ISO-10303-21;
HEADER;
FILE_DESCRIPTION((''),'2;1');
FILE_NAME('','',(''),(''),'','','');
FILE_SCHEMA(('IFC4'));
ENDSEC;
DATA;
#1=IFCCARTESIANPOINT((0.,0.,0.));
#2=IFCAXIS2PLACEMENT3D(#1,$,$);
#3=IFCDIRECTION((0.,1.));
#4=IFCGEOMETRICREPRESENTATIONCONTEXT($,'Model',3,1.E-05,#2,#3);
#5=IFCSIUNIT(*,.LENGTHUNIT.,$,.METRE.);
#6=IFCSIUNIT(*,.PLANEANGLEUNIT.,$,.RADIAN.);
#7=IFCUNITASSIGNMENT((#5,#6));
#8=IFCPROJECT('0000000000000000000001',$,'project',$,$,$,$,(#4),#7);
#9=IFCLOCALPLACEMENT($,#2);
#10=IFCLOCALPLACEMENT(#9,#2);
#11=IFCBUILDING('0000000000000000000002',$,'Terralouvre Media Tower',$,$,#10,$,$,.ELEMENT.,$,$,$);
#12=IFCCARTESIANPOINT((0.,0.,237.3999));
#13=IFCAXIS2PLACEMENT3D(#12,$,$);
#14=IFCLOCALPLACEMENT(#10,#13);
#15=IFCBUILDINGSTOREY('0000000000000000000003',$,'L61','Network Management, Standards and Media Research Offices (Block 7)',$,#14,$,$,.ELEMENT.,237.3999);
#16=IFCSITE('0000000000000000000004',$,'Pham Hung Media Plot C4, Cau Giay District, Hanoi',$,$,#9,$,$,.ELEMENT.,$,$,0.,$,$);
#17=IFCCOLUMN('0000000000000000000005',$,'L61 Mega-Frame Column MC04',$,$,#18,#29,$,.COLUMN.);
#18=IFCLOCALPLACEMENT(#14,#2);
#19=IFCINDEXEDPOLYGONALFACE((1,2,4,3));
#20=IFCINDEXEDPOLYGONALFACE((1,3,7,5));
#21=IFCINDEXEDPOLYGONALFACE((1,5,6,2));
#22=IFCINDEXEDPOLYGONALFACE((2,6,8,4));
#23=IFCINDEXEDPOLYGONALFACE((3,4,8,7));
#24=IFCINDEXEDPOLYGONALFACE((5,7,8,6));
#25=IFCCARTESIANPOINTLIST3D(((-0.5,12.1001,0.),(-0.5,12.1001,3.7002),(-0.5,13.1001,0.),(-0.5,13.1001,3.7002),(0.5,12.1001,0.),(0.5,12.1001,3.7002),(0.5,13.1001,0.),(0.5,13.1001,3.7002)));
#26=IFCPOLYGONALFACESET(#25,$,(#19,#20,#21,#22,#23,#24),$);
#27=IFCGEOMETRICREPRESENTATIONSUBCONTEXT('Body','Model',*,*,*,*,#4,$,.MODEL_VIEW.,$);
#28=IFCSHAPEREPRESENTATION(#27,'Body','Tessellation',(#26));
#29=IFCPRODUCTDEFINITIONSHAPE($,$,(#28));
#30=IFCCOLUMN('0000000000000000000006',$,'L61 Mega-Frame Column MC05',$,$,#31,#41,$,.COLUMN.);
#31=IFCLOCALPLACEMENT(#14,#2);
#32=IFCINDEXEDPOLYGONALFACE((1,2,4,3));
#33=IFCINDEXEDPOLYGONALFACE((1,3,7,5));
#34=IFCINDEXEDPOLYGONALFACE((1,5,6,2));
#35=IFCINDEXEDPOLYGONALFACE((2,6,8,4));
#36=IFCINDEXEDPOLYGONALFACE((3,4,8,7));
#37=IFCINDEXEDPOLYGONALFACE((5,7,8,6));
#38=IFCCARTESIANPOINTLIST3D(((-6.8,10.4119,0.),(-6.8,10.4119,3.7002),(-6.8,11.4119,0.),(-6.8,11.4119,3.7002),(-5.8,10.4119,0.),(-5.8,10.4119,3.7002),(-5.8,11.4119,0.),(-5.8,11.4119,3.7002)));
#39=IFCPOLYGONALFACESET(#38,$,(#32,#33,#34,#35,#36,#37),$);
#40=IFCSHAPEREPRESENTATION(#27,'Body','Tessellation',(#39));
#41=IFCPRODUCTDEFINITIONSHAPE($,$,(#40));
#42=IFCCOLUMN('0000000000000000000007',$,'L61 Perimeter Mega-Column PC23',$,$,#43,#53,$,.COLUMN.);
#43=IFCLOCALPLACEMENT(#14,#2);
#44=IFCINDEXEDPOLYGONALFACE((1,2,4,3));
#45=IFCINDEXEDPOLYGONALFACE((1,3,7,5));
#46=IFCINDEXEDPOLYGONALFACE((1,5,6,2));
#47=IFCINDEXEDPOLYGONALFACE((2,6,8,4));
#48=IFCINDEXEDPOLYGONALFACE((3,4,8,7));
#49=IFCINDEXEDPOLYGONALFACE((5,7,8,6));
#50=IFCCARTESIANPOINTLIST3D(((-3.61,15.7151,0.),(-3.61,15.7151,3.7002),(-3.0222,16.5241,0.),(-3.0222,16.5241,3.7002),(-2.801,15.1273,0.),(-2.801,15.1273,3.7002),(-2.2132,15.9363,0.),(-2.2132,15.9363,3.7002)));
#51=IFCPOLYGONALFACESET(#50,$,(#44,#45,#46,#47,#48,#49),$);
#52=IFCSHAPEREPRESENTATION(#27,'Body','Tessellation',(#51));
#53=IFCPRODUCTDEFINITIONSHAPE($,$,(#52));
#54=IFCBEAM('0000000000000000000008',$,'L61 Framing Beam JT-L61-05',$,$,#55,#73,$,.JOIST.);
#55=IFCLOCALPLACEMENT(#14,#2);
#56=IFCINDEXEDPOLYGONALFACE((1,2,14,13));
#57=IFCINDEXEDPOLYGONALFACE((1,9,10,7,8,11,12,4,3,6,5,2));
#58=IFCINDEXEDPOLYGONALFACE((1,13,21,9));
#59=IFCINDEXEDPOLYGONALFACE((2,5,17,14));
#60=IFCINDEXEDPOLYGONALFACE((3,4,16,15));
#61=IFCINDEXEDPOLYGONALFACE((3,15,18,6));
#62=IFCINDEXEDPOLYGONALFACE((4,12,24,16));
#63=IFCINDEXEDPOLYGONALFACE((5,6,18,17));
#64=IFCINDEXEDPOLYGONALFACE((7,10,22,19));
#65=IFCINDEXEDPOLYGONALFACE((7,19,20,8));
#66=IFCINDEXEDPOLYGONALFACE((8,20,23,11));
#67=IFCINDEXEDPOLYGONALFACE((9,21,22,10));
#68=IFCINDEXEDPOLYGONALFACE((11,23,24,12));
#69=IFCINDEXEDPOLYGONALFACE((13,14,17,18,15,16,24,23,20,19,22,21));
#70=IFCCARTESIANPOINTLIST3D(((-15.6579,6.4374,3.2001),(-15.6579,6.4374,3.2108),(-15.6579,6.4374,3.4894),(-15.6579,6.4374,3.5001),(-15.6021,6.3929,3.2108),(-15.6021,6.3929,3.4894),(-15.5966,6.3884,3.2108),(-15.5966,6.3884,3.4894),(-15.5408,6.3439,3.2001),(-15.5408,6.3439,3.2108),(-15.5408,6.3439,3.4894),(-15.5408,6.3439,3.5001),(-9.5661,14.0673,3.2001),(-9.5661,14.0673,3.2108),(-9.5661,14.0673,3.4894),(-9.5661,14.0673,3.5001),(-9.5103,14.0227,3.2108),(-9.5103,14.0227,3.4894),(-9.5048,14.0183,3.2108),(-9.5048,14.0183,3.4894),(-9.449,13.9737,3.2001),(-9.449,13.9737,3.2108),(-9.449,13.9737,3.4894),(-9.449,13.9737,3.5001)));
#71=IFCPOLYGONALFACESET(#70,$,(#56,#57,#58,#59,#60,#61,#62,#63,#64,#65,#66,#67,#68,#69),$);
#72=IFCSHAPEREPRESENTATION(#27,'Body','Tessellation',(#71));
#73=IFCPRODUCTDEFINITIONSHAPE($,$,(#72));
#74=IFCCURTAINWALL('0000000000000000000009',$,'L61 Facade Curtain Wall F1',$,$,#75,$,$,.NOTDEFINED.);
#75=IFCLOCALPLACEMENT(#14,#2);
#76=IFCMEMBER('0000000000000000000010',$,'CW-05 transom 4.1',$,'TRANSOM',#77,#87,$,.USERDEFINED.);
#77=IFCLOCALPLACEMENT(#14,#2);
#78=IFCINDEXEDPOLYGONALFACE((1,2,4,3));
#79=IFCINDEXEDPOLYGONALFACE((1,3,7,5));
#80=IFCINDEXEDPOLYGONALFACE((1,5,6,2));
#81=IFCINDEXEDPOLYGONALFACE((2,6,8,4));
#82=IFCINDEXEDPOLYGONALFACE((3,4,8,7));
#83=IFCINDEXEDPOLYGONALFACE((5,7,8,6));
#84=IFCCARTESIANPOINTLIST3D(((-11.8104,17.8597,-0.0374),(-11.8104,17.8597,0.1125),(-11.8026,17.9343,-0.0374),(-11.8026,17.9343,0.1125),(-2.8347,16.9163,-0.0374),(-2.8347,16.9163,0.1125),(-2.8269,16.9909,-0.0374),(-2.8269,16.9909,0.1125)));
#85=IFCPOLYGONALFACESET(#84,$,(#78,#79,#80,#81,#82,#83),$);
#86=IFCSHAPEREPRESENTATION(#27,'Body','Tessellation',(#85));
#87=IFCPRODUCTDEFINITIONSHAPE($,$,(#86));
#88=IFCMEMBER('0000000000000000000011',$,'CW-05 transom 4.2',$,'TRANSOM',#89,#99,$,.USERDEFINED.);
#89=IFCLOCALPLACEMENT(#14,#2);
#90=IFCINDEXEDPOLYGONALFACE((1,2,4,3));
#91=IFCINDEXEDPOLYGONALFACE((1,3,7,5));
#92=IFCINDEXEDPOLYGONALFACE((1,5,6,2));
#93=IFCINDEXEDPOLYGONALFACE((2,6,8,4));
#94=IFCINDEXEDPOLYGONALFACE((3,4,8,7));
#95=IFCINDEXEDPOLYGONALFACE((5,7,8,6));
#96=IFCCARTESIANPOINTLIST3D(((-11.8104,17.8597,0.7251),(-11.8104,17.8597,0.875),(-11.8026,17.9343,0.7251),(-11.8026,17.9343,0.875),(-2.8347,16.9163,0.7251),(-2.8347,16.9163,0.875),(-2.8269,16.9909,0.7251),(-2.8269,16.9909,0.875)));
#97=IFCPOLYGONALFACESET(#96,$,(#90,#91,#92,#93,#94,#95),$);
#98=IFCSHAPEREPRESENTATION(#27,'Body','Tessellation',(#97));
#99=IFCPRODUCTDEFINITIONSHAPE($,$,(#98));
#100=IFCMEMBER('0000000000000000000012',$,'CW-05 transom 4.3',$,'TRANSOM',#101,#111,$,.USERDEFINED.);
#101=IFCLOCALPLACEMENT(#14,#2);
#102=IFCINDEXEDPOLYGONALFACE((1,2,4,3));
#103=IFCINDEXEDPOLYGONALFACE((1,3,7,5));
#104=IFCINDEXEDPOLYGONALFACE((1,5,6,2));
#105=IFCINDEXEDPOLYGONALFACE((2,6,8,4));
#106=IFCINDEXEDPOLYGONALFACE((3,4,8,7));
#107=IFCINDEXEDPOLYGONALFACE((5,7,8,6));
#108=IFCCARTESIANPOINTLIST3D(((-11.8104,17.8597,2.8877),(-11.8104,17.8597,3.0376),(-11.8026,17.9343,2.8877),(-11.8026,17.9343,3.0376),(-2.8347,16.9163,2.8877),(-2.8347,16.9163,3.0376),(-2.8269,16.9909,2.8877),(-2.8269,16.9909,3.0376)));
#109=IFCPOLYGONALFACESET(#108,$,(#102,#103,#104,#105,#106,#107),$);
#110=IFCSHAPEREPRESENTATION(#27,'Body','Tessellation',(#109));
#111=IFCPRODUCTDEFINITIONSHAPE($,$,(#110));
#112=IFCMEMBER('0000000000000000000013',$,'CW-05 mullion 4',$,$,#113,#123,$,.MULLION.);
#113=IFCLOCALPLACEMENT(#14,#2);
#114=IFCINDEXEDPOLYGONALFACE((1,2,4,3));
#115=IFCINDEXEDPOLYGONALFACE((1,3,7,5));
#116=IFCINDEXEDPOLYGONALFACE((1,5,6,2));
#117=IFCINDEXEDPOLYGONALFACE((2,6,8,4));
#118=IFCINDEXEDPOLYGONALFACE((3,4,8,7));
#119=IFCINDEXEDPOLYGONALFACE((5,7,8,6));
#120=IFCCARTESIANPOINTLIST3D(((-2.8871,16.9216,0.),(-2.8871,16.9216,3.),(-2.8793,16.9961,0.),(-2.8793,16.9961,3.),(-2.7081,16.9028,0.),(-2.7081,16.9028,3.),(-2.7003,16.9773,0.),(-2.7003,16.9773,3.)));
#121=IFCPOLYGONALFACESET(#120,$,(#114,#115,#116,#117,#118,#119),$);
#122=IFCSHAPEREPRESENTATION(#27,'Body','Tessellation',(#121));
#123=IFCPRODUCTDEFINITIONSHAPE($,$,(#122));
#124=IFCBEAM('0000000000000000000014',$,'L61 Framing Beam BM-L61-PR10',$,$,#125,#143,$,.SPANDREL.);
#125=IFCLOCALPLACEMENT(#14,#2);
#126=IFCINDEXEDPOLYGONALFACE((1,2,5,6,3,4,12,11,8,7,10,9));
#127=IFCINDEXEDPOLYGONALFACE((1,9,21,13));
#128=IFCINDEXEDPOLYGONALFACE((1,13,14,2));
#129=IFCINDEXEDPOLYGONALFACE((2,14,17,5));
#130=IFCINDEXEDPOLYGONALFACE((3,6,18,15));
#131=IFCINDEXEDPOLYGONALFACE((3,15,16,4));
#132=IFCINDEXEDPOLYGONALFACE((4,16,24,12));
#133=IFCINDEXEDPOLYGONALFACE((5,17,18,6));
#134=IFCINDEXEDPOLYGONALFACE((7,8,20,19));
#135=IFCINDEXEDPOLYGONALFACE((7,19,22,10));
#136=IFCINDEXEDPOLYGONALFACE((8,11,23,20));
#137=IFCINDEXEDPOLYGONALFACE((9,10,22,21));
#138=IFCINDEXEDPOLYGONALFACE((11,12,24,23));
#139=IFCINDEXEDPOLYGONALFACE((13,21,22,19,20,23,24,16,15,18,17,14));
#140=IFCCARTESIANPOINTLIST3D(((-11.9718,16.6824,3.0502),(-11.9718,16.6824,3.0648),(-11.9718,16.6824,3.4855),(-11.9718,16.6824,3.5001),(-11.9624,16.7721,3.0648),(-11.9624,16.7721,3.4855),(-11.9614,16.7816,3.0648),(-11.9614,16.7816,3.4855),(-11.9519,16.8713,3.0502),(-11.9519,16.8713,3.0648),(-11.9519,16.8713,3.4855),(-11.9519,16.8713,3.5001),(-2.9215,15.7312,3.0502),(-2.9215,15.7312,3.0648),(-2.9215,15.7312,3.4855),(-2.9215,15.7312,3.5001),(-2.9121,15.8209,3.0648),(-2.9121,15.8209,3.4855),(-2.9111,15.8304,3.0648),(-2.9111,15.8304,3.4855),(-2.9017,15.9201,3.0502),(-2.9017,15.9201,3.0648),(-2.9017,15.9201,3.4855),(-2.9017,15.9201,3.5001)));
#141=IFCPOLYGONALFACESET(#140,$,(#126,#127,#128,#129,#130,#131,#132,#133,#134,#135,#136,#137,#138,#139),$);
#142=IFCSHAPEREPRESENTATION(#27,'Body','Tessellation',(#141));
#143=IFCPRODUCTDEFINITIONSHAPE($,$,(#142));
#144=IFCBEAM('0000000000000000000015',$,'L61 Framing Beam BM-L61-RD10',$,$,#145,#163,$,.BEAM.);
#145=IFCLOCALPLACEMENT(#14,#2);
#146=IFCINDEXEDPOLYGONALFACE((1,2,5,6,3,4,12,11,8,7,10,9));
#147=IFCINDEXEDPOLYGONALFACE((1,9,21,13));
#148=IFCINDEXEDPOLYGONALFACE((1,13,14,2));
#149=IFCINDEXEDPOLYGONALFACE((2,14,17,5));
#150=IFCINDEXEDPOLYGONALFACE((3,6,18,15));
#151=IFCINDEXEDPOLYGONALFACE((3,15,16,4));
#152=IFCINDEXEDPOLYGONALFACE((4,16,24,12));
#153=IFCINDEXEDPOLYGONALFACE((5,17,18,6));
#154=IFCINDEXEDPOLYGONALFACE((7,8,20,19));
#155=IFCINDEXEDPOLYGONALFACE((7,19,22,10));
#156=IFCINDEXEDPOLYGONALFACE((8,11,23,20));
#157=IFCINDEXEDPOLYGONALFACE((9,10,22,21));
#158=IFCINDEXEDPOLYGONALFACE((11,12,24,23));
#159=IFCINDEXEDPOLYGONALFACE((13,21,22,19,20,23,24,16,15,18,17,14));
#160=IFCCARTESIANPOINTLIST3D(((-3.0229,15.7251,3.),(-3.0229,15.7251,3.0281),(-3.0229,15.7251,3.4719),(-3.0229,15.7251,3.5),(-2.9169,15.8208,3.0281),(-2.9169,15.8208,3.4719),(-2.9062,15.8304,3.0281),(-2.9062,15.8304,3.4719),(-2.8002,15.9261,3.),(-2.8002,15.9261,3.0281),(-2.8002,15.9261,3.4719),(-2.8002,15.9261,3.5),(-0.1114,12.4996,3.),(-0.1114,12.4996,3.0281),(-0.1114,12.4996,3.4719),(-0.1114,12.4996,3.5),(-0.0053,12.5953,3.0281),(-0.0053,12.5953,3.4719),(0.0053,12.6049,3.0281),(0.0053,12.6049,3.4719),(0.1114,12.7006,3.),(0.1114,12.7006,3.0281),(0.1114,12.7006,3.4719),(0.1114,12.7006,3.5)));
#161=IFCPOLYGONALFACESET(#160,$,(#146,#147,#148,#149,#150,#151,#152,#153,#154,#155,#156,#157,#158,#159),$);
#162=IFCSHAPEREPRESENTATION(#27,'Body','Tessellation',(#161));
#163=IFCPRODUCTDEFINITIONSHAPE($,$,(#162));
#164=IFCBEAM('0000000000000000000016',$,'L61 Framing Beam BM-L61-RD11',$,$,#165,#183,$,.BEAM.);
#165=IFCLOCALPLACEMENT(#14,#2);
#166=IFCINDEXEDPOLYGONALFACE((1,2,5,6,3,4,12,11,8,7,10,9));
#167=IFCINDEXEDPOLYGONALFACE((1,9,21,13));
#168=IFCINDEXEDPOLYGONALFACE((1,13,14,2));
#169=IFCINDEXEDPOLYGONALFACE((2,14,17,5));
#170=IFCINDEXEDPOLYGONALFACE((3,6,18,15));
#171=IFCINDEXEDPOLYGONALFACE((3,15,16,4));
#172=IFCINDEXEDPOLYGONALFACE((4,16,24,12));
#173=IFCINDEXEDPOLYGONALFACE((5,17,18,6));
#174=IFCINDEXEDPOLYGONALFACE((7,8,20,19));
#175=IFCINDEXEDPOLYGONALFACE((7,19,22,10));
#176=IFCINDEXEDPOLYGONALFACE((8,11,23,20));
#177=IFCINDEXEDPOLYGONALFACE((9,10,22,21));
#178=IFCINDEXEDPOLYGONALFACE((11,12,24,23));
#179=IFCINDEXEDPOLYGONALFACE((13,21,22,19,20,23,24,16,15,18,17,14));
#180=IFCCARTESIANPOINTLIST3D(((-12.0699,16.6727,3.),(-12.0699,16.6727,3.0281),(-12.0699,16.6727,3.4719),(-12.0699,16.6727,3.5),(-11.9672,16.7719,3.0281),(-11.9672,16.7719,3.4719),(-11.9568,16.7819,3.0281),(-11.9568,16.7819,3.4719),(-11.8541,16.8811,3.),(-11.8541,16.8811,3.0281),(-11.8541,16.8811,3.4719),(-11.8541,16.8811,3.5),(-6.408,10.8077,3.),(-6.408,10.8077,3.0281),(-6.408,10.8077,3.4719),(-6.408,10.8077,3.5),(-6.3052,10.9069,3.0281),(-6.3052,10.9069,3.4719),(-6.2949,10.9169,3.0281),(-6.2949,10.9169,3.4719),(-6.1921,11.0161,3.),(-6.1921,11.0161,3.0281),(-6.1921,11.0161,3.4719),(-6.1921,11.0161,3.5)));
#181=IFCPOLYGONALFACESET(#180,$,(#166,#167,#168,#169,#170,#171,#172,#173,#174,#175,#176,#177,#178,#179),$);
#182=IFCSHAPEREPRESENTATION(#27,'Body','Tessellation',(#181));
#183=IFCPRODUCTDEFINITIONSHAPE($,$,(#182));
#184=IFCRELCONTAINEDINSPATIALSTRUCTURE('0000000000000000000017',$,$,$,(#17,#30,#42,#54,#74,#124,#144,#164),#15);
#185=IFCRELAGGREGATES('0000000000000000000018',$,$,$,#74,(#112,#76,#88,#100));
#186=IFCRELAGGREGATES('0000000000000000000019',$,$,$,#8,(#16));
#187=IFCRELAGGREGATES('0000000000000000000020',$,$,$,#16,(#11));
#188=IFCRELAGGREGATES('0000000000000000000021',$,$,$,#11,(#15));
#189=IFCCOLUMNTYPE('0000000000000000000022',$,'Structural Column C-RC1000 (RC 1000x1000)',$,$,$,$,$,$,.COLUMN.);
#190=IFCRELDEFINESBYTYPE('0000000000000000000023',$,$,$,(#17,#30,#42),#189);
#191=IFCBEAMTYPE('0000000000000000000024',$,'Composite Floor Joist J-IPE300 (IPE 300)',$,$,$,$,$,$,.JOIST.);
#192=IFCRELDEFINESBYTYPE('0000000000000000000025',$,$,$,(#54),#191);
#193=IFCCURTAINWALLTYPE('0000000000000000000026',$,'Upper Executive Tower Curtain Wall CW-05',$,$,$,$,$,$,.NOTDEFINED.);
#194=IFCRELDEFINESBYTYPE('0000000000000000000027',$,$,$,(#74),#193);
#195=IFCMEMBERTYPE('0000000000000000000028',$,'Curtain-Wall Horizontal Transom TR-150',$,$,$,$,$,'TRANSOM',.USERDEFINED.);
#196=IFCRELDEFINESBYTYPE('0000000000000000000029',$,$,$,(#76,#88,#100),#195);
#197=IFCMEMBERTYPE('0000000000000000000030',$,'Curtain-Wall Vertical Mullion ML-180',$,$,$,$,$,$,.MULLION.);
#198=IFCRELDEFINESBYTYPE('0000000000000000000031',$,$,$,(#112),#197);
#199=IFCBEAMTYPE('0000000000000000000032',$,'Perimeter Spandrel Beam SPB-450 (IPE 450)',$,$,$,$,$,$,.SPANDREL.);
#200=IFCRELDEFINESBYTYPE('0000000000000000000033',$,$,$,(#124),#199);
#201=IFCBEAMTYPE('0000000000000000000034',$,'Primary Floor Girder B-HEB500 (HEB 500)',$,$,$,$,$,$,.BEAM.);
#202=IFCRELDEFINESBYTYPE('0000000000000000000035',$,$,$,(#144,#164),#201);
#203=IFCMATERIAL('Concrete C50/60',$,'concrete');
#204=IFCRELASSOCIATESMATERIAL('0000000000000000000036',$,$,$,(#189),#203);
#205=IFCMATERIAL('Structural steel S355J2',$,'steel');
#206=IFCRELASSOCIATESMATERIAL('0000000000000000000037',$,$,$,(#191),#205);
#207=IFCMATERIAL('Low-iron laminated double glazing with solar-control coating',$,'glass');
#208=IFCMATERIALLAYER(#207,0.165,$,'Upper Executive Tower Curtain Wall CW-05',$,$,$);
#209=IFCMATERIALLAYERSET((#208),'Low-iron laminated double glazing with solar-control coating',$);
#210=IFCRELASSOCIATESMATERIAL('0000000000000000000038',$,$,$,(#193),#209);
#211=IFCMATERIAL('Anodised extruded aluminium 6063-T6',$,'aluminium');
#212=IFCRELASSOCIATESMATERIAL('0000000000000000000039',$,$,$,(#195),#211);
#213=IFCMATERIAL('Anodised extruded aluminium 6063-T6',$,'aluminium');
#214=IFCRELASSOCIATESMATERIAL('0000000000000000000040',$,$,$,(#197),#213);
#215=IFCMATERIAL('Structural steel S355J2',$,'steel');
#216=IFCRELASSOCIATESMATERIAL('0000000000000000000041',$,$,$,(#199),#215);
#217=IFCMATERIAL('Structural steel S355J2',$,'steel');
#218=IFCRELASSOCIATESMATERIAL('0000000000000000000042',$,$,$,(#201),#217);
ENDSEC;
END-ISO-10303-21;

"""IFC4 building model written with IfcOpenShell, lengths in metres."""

from ifc_helpers import new_model, si_unit, direction, frame, origin, origin_2d, place, context, subcontext, project, spatial, rectangle, i_section, extrude, material, layer, layer_set, material_profile, profile_set, type_object, element, aggregate, save


model = new_model("IFC4")

# Units and contexts
model_context = context("Model", 3, precision=1e-05, world=origin(), true_north=direction((0.0, 1.0)))
body_context = subcontext(model_context, "Body", "Model", "MODEL_VIEW")
ifc_project = project(units=[si_unit("LENGTHUNIT", "METRE"), si_unit("PLANEANGLEUNIT", "RADIAN")], contexts=[model_context])

# Site, building, storey
site_placement = place(None, origin())
site = spatial("IfcSite", under=ifc_project, at=site_placement, Name="Pham Hung Media Plot C4, Cau Giay District, Hanoi", CompositionType="ELEMENT", RefElevation=0.0)
building_placement = place(site_placement, origin())
building = spatial("IfcBuilding", under=site, at=building_placement, Name="Terralouvre Media Tower", CompositionType="ELEMENT")
storey_placement = place(building_placement, frame((0.0, 0.0, 237.3999)))
storey = spatial("IfcBuildingStorey", under=building, at=storey_placement, Name="L61", Description="Network Management, Standards and Media Research Offices (Block 7)", CompositionType="ELEMENT", Elevation=237.3999)

# Columns
ifc_material_1 = material(Name="Concrete C50/60", Category="concrete")
ifc_material_profile_1 = material_profile(ifc_material_1, rectangle(XDim=1.0, YDim=1.0, at=origin_2d()), Name="RC 1000x1000")
ifc_profile_set_1 = profile_set([ifc_material_profile_1], Name="Concrete C50/60")
column_type = type_object("IfcColumnType", Name="Structural Column C-RC1000 (RC 1000x1000)", PredefinedType="COLUMN", material=ifc_profile_set_1)
for number, where, z_axis, x_axis, name in (
    (1, (0.0, 12.6001, 0.0), (0.0, 0.0, 1.0), (1.0, 0.0, 0.0), "L61 Mega-Frame Column MC04"),
    (2, (-6.3, 10.9119, 0.0), (0.0, 0.0, 1.0), (1.0, 0.0, 0.0), "L61 Mega-Frame Column MC05"),
    (3, (-2.9116, 15.8257, 0.0), (0.0, 0.0, 1.0), (0.587785, 0.809017, 0.0), "L61 Perimeter Mega-Column PC23"),
):
    element("IfcColumn", number, at=place(storey_placement, frame(where, z_axis=z_axis, x_axis=x_axis)), inside=storey, type_object=column_type, Name=name, PredefinedType="COLUMN", context=body_context, shape_type="SweptSolid", body=[
        extrude(rectangle(XDim=1.0, YDim=1.0, at=origin_2d()), origin(), (0.0, 0.0, 1.0), 3.7002),
    ])

# Beam
ifc_material_2 = material(Name="Structural steel S355J2", Category="steel")
ifc_material_profile_2 = material_profile(ifc_material_2, i_section(OverallWidth=0.1499, OverallDepth=0.3, WebThickness=0.0071, FlangeThickness=0.0107, at=origin_2d()), Name="IPE 300")
ifc_profile_set_2 = profile_set([ifc_material_profile_2], Name="Structural steel S355J2")
beam_type_1 = type_object("IfcBeamType", Name="Composite Floor Joist J-IPE300 (IPE 300)", PredefinedType="JOIST", material=ifc_profile_set_2)
beam_1_placement = place(storey_placement, frame((-9.5076, 14.0205, 3.3501), z_axis=(-0.623938, -0.781473, 0.0), x_axis=(0.781473, -0.623938, 0.0)))
element("IfcBeam", 4, at=beam_1_placement, inside=storey, type_object=beam_type_1, Name="L61 Framing Beam JT-L61-05", PredefinedType="JOIST", context=body_context, shape_type="SweptSolid", body=[
    extrude(i_section(OverallWidth=0.1499, OverallDepth=0.3, WebThickness=0.0071, FlangeThickness=0.0107, at=origin_2d()), origin(), (0.0, 0.0, 1.0), 9.7634),
])

# Curtain wall, members
ifc_material_3 = material(Name="Low-iron laminated double glazing with solar-control coating", Category="glass")
ifc_layer_1 = layer(ifc_material_3, 0.165, Name="Upper Executive Tower Curtain Wall CW-05")
ifc_layer_set_1 = layer_set([ifc_layer_1], Name="Low-iron laminated double glazing with solar-control coating")
curtain_wall_type = type_object("IfcCurtainWallType", Name="Upper Executive Tower Curtain Wall CW-05", PredefinedType="NOTDEFINED", material=ifc_layer_set_1)
curtain_wall_placement = place(storey_placement, origin())
curtain_wall = element("IfcCurtainWall", 5, at=curtain_wall_placement, inside=storey, type_object=curtain_wall_type, Name="L61 Facade Curtain Wall F1", PredefinedType="NOTDEFINED")
ifc_material_4 = material(Name="Anodised extruded aluminium 6063-T6", Category="aluminium")
ifc_material_profile_3 = material_profile(ifc_material_4, rectangle(XDim=0.075, YDim=0.1499, at=origin_2d()), Name="ALU 75x150")
ifc_profile_set_3 = profile_set([ifc_material_profile_3], Name="Anodised extruded aluminium 6063-T6")
member_type_1 = type_object("IfcMemberType", Name="Curtain-Wall Horizontal Transom TR-150", ElementType="TRANSOM", PredefinedType="USERDEFINED", material=ifc_profile_set_3)
member_1_placement = place(storey_placement, frame((-2.8308, 16.9536, 0.0376), z_axis=(-0.994522, 0.104527, 0.0), x_axis=(-0.104527, -0.994522, 0.0)))
member_1 = element("IfcMember", 6, at=member_1_placement, type_object=member_type_1, Name="CW-05 transom 4.1", ObjectType="TRANSOM", PredefinedType="USERDEFINED", context=body_context, shape_type="SweptSolid", body=[
    extrude(rectangle(XDim=0.075, YDim=0.1499, at=origin_2d()), origin(), (0.0, 0.0, 1.0), 9.0251),
])
member_2_placement = place(storey_placement, frame((-2.8308, 16.9536, 0.8), z_axis=(-0.994522, 0.104527, 0.0), x_axis=(-0.104527, -0.994522, 0.0)))
member_2 = element("IfcMember", 7, at=member_2_placement, type_object=member_type_1, Name="CW-05 transom 4.2", ObjectType="TRANSOM", PredefinedType="USERDEFINED", context=body_context, shape_type="SweptSolid", body=[
    extrude(rectangle(XDim=0.075, YDim=0.1499, at=origin_2d()), origin(), (0.0, 0.0, 1.0), 9.0251),
])
member_3_placement = place(storey_placement, frame((-2.8308, 16.9536, 2.9626), z_axis=(-0.994522, 0.104527, 0.0), x_axis=(-0.104527, -0.994522, 0.0)))
member_3 = element("IfcMember", 8, at=member_3_placement, type_object=member_type_1, Name="CW-05 transom 4.3", ObjectType="TRANSOM", PredefinedType="USERDEFINED", context=body_context, shape_type="SweptSolid", body=[
    extrude(rectangle(XDim=0.075, YDim=0.1499, at=origin_2d()), origin(), (0.0, 0.0, 1.0), 9.0251),
])
ifc_material_5 = material(Name="Anodised extruded aluminium 6063-T6", Category="aluminium")
ifc_material_profile_4 = material_profile(ifc_material_5, rectangle(XDim=0.075, YDim=0.1799, at=origin_2d()), Name="ALU 75x180")
ifc_profile_set_4 = profile_set([ifc_material_profile_4], Name="Anodised extruded aluminium 6063-T6")
member_type_2 = type_object("IfcMemberType", Name="Curtain-Wall Vertical Mullion ML-180", PredefinedType="MULLION", material=ifc_profile_set_4)
member_4_placement = place(storey_placement, frame((-2.7937, 16.9495, 0.0), z_axis=(0.0, 0.0, 1.0), x_axis=(-0.104529, -0.994522, 0.0)))
member_4 = element("IfcMember", 9, at=member_4_placement, type_object=member_type_2, Name="CW-05 mullion 4", PredefinedType="MULLION", context=body_context, shape_type="SweptSolid", body=[
    extrude(rectangle(XDim=0.075, YDim=0.1799, at=origin_2d()), origin(), (0.0, 0.0, 1.0), 3.0),
])

# Beams
ifc_material_6 = material(Name="Structural steel S355J2", Category="steel")
ifc_material_profile_5 = material_profile(ifc_material_6, i_section(OverallWidth=0.1899, OverallDepth=0.45, WebThickness=0.0095, FlangeThickness=0.0146, at=origin_2d()), Name="IPE 450")
ifc_profile_set_5 = profile_set([ifc_material_profile_5], Name="Structural steel S355J2")
beam_type_2 = type_object("IfcBeamType", Name="Perimeter Spandrel Beam SPB-450 (IPE 450)", PredefinedType="SPANDREL", material=ifc_profile_set_5)
beam_2_placement = place(storey_placement, frame((-2.9116, 15.8257, 3.2751), z_axis=(-0.994522, 0.104523, 0.0), x_axis=(-0.104523, -0.994522, 0.0)))
element("IfcBeam", 10, at=beam_2_placement, inside=storey, type_object=beam_type_2, Name="L61 Framing Beam BM-L61-PR10", PredefinedType="SPANDREL", context=body_context, shape_type="SweptSolid", body=[
    extrude(i_section(OverallWidth=0.1899, OverallDepth=0.45, WebThickness=0.0095, FlangeThickness=0.0146, at=origin_2d()), origin(), (0.0, 0.0, 1.0), 9.1001),
])
ifc_material_7 = material(Name="Structural steel S355J2", Category="steel")
ifc_material_profile_6 = material_profile(ifc_material_7, i_section(OverallWidth=0.3, OverallDepth=0.5, WebThickness=0.0144, FlangeThickness=0.0281, at=origin_2d()), Name="HEB 500")
ifc_profile_set_6 = profile_set([ifc_material_profile_6], Name="Structural steel S355J2")
beam_type_3 = type_object("IfcBeamType", Name="Primary Floor Girder B-HEB500 (HEB 500)", PredefinedType="BEAM", material=ifc_profile_set_6)
beam_3_placement = place(storey_placement, frame((0.0, 12.6001, 3.25), z_axis=(-0.670057, 0.74231, 0.0), x_axis=(-0.74231, -0.670057, 0.0)))
element("IfcBeam", 11, at=beam_3_placement, inside=storey, type_object=beam_type_3, Name="L61 Framing Beam BM-L61-RD10", PredefinedType="BEAM", context=body_context, shape_type="SweptSolid", body=[
    extrude(i_section(OverallWidth=0.3, OverallDepth=0.5, WebThickness=0.0144, FlangeThickness=0.0281, at=origin_2d()), origin(), (0.0, 0.0, 1.0), 4.3452),
])
beam_4_placement = place(storey_placement, frame((-6.3, 10.9119, 3.25), z_axis=(-0.694538, 0.719456, 0.0), x_axis=(-0.719456, -0.694538, 0.0)))
element("IfcBeam", 12, at=beam_4_placement, inside=storey, type_object=beam_type_3, Name="L61 Framing Beam BM-L61-RD11", PredefinedType="BEAM", context=body_context, shape_type="SweptSolid", body=[
    extrude(i_section(OverallWidth=0.3, OverallDepth=0.5, WebThickness=0.0144, FlangeThickness=0.0281, at=origin_2d()), origin(), (0.0, 0.0, 1.0), 8.1521),
])

aggregate(curtain_wall, [member_4, member_1, member_2, member_3])

save(model, "model.ifc")
